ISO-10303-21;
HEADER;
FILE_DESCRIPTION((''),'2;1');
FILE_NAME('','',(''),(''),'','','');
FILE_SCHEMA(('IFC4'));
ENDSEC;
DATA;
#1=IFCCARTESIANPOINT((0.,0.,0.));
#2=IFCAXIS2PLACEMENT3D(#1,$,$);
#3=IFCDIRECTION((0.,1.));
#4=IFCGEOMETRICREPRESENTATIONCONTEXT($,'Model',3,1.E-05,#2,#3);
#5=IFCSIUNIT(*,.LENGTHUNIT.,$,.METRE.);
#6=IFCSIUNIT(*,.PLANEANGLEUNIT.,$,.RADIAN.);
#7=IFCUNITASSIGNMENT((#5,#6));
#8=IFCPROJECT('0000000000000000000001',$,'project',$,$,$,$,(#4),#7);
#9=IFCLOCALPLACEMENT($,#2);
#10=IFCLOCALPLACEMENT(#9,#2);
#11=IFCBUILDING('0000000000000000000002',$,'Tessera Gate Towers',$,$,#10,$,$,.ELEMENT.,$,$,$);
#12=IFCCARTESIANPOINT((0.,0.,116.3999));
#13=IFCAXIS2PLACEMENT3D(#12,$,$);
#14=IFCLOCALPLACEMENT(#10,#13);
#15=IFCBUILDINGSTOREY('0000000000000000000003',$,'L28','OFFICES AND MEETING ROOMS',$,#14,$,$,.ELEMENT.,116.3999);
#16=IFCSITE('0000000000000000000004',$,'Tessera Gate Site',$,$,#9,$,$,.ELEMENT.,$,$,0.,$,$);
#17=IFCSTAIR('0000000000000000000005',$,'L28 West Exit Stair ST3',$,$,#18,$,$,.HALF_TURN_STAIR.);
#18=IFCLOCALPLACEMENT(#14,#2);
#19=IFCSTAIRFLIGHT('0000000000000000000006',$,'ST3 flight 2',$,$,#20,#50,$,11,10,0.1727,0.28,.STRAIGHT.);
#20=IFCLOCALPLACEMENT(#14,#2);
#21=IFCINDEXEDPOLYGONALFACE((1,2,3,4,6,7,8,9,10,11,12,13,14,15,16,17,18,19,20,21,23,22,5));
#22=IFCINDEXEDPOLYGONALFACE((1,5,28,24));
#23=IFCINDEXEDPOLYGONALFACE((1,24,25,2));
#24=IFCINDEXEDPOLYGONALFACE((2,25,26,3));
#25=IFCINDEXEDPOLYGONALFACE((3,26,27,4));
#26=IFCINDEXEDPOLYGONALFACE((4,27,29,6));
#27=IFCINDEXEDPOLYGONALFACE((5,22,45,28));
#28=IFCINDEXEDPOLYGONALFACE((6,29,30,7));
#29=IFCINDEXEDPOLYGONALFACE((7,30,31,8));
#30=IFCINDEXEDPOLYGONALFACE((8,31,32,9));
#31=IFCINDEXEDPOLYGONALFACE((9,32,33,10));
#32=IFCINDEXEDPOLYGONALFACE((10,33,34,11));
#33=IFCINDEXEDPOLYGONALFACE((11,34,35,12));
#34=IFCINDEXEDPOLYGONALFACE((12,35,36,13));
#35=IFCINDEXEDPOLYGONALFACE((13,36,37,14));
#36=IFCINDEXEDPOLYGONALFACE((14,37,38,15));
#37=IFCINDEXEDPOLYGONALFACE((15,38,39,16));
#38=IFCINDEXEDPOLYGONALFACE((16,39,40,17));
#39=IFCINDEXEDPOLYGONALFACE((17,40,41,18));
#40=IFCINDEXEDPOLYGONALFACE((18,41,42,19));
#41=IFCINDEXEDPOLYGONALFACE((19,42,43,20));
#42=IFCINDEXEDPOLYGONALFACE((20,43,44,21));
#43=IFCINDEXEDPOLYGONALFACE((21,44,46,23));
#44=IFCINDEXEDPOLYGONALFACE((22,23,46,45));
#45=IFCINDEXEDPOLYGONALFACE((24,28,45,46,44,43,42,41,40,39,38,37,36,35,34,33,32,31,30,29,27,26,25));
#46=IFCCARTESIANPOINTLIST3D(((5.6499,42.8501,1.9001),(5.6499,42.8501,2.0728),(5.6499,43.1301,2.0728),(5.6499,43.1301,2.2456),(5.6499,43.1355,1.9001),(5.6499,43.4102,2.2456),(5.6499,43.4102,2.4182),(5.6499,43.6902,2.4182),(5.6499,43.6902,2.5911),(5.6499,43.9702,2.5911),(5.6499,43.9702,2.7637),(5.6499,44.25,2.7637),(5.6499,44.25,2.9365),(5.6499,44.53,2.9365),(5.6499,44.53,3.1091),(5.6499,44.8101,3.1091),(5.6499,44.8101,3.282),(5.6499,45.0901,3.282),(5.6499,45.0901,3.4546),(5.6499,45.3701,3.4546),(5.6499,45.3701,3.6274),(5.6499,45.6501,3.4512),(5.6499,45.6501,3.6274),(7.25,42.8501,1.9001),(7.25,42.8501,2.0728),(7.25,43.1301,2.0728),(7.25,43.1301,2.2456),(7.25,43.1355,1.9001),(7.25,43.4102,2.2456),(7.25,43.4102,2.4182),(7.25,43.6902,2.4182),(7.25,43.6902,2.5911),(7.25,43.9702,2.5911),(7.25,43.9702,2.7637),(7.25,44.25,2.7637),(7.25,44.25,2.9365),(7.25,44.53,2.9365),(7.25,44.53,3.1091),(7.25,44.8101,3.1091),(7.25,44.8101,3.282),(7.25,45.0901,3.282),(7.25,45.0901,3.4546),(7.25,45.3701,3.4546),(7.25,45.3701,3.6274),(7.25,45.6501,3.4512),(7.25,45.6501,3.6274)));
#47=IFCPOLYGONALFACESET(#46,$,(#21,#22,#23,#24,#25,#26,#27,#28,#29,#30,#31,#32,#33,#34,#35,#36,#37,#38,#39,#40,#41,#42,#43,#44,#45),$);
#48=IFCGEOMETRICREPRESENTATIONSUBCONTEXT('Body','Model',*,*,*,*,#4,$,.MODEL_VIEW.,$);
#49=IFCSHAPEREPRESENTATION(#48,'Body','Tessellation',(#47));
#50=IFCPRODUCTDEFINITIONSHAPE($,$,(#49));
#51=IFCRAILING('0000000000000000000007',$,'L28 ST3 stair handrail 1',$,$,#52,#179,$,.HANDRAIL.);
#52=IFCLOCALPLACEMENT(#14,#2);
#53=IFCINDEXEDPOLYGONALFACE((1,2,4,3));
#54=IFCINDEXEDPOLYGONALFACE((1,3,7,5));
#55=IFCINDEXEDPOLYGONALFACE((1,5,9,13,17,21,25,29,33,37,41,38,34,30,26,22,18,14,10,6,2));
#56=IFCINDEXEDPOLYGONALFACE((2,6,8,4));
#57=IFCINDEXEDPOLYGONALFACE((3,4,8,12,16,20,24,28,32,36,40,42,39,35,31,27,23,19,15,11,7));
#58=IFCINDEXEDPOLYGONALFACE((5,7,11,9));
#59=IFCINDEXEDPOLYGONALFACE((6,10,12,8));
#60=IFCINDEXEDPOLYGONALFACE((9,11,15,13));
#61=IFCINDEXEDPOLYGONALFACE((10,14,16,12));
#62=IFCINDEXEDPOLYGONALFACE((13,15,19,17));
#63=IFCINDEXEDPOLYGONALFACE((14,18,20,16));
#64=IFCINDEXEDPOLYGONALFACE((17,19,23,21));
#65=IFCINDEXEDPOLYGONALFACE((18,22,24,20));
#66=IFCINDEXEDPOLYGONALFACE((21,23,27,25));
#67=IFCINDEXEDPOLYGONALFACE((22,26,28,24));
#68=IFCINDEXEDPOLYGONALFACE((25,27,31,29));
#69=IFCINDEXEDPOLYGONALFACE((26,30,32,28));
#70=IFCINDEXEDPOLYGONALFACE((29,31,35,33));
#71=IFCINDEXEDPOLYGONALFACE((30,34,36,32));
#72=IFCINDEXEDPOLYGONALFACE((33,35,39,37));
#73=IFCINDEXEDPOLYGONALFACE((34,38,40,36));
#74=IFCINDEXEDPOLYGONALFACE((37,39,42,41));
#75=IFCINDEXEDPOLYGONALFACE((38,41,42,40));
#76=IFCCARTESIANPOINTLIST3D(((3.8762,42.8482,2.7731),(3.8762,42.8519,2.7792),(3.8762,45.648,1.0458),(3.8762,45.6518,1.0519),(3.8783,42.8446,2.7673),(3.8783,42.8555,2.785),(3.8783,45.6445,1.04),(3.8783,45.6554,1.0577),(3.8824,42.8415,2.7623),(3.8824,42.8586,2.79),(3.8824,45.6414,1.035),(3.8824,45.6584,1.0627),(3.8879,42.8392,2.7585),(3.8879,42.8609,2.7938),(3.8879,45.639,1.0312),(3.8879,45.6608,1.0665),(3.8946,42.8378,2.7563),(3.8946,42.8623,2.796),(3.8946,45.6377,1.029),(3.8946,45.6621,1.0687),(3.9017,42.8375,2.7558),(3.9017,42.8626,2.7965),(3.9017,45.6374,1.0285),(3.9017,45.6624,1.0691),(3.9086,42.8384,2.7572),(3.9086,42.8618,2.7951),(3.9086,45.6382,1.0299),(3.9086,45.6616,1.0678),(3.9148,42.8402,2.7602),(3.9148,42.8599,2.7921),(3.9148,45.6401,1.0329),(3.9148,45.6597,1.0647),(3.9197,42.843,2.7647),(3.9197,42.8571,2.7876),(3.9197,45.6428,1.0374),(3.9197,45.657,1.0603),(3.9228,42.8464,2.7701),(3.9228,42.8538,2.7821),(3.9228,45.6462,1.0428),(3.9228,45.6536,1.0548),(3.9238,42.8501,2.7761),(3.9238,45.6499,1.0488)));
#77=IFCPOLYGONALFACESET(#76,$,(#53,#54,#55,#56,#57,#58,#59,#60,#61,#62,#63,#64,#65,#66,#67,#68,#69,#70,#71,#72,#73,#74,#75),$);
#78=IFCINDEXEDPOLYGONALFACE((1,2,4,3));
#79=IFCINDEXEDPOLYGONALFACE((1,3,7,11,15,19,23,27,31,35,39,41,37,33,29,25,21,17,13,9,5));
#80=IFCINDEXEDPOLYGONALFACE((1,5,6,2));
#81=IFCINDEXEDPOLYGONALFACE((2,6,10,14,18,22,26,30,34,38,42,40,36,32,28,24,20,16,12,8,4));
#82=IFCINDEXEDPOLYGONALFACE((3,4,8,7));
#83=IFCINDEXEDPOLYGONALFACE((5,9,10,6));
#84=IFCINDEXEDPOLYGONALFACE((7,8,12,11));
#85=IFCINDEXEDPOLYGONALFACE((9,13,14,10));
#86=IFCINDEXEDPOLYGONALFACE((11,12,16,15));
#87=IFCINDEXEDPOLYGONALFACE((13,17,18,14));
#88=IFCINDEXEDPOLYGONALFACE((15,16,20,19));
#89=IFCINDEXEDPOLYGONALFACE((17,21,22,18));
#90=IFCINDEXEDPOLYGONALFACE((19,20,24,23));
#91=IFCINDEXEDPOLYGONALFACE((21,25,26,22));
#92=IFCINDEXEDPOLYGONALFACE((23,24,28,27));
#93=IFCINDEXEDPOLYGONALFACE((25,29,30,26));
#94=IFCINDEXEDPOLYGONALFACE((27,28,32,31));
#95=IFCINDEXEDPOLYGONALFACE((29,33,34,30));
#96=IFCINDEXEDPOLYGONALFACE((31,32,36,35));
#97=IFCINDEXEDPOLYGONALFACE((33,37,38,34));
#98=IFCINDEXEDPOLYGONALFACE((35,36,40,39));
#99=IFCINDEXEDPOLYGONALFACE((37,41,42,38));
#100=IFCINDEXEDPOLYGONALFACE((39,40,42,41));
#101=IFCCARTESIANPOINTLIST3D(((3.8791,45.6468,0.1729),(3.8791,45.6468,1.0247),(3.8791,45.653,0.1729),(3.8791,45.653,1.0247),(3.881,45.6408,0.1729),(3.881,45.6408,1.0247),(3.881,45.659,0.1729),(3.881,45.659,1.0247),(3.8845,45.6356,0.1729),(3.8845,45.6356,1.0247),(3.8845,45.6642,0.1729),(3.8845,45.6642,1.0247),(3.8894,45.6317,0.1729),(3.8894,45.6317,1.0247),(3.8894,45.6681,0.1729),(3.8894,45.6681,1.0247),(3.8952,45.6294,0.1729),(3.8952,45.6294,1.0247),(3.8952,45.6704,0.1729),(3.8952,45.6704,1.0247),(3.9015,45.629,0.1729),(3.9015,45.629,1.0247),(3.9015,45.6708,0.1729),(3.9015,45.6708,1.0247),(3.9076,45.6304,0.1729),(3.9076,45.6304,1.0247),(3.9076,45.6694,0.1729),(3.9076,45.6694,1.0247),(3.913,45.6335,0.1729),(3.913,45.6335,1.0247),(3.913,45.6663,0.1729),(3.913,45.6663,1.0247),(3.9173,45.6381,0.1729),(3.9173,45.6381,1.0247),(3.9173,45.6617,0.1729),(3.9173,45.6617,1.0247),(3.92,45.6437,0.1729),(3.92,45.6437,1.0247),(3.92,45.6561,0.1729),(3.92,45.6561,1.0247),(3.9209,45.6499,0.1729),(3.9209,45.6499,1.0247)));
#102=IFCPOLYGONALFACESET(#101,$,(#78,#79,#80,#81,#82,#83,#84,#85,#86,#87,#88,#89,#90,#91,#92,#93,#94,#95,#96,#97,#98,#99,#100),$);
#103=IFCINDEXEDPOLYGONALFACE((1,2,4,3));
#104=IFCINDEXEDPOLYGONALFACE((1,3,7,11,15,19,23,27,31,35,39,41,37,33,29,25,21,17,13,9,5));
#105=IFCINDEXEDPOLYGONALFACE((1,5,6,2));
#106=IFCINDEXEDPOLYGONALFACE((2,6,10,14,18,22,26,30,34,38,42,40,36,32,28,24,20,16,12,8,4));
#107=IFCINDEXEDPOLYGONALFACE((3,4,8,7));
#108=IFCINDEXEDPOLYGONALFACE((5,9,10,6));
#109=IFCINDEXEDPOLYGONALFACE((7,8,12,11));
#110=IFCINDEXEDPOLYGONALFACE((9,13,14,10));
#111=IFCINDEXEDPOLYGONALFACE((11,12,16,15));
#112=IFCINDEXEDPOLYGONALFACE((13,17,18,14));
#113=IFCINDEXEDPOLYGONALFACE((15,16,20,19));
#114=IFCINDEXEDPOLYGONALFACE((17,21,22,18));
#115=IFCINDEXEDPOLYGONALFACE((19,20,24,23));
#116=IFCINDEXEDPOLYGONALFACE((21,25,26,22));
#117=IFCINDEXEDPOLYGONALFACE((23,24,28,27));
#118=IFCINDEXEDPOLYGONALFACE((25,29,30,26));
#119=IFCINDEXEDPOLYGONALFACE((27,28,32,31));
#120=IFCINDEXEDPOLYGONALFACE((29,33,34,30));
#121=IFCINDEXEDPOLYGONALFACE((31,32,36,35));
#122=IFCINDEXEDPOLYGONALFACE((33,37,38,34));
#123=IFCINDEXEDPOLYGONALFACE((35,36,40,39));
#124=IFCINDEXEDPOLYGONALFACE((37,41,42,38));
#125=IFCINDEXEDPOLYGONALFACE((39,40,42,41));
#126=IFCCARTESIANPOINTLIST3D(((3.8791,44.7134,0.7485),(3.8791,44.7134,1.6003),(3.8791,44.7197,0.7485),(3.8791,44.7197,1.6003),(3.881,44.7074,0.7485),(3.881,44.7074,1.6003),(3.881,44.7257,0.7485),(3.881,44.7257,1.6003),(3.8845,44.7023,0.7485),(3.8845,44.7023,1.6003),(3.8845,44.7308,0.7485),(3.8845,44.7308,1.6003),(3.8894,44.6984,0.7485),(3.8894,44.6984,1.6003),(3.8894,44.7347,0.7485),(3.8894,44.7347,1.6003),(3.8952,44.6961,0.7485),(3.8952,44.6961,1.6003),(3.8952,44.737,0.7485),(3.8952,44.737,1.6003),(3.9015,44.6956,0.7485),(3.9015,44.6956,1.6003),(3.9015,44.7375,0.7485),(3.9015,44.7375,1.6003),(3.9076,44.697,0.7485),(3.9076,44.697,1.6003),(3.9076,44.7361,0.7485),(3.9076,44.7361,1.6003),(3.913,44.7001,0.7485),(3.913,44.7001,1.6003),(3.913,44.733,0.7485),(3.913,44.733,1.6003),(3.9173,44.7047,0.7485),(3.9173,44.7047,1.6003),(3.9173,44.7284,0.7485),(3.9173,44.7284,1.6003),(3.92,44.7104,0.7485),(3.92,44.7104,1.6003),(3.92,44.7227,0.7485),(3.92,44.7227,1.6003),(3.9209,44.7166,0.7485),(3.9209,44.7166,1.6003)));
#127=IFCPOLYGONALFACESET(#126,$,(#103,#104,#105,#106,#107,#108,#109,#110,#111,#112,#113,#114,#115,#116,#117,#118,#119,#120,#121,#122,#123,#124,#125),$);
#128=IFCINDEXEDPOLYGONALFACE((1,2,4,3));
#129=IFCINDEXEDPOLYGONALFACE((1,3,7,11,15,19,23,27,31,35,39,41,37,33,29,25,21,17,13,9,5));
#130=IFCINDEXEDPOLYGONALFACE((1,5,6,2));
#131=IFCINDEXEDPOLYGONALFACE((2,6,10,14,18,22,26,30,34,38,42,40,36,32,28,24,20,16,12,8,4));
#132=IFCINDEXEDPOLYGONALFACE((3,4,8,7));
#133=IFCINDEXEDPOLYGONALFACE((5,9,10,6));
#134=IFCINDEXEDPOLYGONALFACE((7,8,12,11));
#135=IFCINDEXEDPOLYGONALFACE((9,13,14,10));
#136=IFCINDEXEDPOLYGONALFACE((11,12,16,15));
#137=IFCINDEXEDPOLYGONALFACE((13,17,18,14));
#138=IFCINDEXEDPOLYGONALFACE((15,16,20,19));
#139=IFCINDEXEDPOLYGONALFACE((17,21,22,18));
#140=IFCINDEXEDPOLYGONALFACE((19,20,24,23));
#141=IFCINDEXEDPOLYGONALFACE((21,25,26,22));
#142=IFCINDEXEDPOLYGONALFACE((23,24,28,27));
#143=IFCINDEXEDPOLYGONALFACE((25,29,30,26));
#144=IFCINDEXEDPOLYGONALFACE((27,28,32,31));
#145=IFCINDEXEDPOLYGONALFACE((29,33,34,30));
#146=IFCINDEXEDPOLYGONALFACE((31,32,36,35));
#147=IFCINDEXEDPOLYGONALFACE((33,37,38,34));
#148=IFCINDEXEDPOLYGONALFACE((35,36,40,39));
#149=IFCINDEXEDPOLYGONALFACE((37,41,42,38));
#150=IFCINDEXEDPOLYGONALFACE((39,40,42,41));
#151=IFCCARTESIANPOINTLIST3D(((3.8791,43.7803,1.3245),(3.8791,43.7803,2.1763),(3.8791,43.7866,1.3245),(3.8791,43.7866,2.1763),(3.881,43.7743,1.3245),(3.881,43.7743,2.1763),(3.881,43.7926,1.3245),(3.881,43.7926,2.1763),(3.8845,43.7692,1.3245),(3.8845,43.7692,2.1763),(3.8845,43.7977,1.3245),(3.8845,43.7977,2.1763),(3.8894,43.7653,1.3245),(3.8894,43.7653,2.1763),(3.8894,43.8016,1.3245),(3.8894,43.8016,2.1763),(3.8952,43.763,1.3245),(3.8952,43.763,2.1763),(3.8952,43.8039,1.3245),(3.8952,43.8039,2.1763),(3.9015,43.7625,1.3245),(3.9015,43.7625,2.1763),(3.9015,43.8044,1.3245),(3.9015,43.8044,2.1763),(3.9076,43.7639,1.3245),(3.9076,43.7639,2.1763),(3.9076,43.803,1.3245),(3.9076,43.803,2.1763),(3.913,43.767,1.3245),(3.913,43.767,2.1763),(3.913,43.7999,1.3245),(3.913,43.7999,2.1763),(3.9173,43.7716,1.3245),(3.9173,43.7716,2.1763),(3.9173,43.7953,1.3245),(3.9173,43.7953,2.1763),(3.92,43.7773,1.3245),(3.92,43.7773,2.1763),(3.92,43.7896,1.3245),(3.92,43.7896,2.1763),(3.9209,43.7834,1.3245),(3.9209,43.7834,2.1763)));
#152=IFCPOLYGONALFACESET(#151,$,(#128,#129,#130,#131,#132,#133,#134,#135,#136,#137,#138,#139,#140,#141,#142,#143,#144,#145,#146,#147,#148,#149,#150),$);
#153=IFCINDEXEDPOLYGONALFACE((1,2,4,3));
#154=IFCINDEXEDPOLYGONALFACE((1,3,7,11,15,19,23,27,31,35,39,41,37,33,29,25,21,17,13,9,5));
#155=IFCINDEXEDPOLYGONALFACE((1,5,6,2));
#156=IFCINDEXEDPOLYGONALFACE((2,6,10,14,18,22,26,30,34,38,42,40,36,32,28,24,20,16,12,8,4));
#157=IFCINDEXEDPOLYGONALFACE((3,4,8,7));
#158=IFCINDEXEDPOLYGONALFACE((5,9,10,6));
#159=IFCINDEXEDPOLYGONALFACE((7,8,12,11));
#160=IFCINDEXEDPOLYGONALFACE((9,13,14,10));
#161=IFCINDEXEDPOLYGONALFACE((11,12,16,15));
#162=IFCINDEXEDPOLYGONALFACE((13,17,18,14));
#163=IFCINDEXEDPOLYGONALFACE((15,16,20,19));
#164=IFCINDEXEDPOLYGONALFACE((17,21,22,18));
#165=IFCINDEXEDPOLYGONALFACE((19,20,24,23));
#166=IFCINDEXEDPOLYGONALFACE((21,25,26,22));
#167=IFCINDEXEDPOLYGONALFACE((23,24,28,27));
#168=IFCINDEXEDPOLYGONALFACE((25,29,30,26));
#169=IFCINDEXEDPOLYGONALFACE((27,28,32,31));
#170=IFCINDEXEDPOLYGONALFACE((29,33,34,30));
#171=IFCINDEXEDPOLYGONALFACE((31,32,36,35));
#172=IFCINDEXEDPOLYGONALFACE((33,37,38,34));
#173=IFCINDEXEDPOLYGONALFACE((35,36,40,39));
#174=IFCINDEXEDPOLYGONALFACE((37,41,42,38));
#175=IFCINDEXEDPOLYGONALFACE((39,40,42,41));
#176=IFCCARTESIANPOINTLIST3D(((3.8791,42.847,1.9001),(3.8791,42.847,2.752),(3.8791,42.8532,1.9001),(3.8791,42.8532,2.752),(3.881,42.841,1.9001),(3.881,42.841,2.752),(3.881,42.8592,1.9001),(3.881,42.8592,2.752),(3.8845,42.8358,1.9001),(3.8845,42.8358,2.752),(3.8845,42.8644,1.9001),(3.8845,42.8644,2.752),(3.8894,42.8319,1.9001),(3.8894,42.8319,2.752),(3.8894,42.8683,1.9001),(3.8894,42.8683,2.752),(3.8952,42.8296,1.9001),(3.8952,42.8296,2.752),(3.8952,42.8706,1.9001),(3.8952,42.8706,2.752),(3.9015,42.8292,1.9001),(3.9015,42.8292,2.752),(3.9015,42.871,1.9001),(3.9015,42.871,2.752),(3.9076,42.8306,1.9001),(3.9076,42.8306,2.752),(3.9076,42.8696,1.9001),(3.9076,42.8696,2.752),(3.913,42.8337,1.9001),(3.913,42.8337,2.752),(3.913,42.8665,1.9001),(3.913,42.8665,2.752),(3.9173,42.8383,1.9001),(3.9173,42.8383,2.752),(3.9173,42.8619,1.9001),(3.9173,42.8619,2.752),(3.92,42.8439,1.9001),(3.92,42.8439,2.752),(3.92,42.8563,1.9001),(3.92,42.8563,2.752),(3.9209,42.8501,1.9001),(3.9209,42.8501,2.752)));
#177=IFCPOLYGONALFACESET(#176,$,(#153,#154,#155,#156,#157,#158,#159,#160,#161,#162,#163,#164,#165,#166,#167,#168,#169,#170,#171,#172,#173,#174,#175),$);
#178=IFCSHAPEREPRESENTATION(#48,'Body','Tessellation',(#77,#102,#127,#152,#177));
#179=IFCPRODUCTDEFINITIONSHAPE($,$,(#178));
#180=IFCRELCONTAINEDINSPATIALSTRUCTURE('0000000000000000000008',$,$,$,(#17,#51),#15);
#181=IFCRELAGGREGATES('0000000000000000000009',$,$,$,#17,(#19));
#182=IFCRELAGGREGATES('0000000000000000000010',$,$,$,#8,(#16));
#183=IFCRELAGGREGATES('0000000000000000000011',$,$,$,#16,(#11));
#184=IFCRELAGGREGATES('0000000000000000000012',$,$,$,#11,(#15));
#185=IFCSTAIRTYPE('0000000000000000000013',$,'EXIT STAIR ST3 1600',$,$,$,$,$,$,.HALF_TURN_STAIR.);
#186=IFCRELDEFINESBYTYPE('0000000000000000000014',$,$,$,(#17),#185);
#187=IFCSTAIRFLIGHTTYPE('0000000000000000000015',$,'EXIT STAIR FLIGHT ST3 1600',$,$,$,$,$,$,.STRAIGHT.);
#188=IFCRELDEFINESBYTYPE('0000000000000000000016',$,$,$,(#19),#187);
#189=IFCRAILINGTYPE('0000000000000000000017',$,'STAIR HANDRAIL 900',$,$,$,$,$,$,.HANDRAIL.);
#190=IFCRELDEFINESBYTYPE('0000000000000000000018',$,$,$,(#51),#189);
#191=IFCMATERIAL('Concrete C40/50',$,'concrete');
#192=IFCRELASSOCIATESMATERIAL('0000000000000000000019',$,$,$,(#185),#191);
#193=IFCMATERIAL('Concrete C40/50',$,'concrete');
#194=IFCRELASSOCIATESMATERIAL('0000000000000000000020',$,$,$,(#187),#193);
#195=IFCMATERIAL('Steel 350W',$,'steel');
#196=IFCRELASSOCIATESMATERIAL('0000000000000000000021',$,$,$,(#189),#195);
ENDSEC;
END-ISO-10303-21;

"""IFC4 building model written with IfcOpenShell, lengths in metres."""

from ifc_helpers import new_model, si_unit, direction, frame, origin, origin_2d, place, context, subcontext, project, spatial, polyline, circle, outline, extrude, material, type_object, element, aggregate, save


model = new_model("IFC4")

# Units and contexts
model_context = context("Model", 3, precision=1e-05, world=origin(), true_north=direction((0.0, 1.0)))
body_context = subcontext(model_context, "Body", "Model", "MODEL_VIEW")
ifc_project = project(units=[si_unit("LENGTHUNIT", "METRE"), si_unit("PLANEANGLEUNIT", "RADIAN")], contexts=[model_context])

# Site, building, storey
site_placement = place(None, origin())
site = spatial("IfcSite", under=ifc_project, at=site_placement, Name="Tessera Gate Site", CompositionType="ELEMENT", RefElevation=0.0)
building_placement = place(site_placement, origin())
building = spatial("IfcBuilding", under=site, at=building_placement, Name="Tessera Gate Towers", CompositionType="ELEMENT")
storey_placement = place(building_placement, frame((0.0, 0.0, 116.3999)))
storey = spatial("IfcBuildingStorey", under=building, at=storey_placement, Name="L28", Description="OFFICES AND MEETING ROOMS", CompositionType="ELEMENT", Elevation=116.3999)

# Stair, stair flight
ifc_material_1 = material(Name="Concrete C40/50", Category="concrete")
stair_type = type_object("IfcStairType", Name="EXIT STAIR ST3 1600", PredefinedType="HALF_TURN_STAIR", material=ifc_material_1)
stair_placement = place(storey_placement, origin())
stair = element("IfcStair", 1, at=stair_placement, inside=storey, type_object=stair_type, Name="L28 West Exit Stair ST3", PredefinedType="HALF_TURN_STAIR")
ifc_material_2 = material(Name="Concrete C40/50", Category="concrete")
stair_flight_type = type_object("IfcStairFlightType", Name="EXIT STAIR FLIGHT ST3 1600", PredefinedType="STRAIGHT", material=ifc_material_2)
stair_flight_1_placement = place(storey_placement, frame((6.45, 42.8501, 1.9001), z_axis=(0.0, 0.0, 1.0), x_axis=(0.0, 1.0, 0.0)))
stair_flight_1 = element("IfcStairFlight", 2, at=stair_flight_1_placement, type_object=stair_flight_type, Name="ST3 flight 2", NumberOfRisers=11, NumberOfTreads=10, PredefinedType="STRAIGHT", RiserHeight=0.1727, TreadLength=0.28, context=body_context, shape_type="SweptSolid", body=[
    extrude(outline(polyline([(0.0, 0.0), (0.0, 0.1726), (0.28, 0.1726), (0.28, 0.3455), (0.5601, 0.3455), (0.5601, 0.5181), (0.8401, 0.5181), (0.8401, 0.6909), (1.1201, 0.6909), (1.1201, 0.8635), (1.3999, 0.8635), (1.3999, 1.0364), (1.6799, 1.0364), (1.6799, 1.209), (1.96, 1.209), (1.96, 1.3818), (2.24, 1.3818), (2.24, 1.5544), (2.52, 1.5544), (2.52, 1.7273), (2.8, 1.7273), (2.8, 1.8999), (2.8, 1.551), (0.2854, 0.0), (0.0, 0.0)])), frame((0.0, 0.8, 0.0), z_axis=(0.0, -1.0, 0.0), x_axis=(1.0, 0.0, 0.0)), (0.0, 0.0, 1.0), 1.6001),
])
aggregate(stair, [stair_flight_1])

# Railing
ifc_material_3 = material(Name="Steel 350W", Category="steel")
railing_type_1 = type_object("IfcRailingType", Name="STAIR HANDRAIL 900", PredefinedType="HANDRAIL", material=ifc_material_3)
railing_1_placement = place(storey_placement, frame((3.8999, 45.6499, 0.1729)))
element("IfcRailing", 3, at=railing_1_placement, inside=storey, type_object=railing_type_1, Name="L28 ST3 stair handrail 1", PredefinedType="HANDRAIL", context=body_context, shape_type="SweptSolid", body=[
    extrude(circle(Radius=0.0239, at=origin_2d()), frame((0.0, 0.0, 0.876), z_axis=(0.0, -0.851069, 0.525054), x_axis=(1.0, 0.0, 0.0)), (0.0, 0.0, 1.0), 3.2898),
    extrude(circle(Radius=0.021, at=origin_2d()), origin(), (0.0, 0.0, 1.0), 0.8518),
    extrude(circle(Radius=0.021, at=origin_2d()), frame((0.0, -0.9333, 0.5757)), (0.0, 0.0, 1.0), 0.8518),
    extrude(circle(Radius=0.021, at=origin_2d()), frame((0.0, -1.8665, 1.1516)), (0.0, 0.0, 1.0), 0.8518),
    extrude(circle(Radius=0.021, at=origin_2d()), frame((0.0, -2.7998, 1.7273)), (0.0, 0.0, 1.0), 0.8518),
])

save(model, "model.ifc")
